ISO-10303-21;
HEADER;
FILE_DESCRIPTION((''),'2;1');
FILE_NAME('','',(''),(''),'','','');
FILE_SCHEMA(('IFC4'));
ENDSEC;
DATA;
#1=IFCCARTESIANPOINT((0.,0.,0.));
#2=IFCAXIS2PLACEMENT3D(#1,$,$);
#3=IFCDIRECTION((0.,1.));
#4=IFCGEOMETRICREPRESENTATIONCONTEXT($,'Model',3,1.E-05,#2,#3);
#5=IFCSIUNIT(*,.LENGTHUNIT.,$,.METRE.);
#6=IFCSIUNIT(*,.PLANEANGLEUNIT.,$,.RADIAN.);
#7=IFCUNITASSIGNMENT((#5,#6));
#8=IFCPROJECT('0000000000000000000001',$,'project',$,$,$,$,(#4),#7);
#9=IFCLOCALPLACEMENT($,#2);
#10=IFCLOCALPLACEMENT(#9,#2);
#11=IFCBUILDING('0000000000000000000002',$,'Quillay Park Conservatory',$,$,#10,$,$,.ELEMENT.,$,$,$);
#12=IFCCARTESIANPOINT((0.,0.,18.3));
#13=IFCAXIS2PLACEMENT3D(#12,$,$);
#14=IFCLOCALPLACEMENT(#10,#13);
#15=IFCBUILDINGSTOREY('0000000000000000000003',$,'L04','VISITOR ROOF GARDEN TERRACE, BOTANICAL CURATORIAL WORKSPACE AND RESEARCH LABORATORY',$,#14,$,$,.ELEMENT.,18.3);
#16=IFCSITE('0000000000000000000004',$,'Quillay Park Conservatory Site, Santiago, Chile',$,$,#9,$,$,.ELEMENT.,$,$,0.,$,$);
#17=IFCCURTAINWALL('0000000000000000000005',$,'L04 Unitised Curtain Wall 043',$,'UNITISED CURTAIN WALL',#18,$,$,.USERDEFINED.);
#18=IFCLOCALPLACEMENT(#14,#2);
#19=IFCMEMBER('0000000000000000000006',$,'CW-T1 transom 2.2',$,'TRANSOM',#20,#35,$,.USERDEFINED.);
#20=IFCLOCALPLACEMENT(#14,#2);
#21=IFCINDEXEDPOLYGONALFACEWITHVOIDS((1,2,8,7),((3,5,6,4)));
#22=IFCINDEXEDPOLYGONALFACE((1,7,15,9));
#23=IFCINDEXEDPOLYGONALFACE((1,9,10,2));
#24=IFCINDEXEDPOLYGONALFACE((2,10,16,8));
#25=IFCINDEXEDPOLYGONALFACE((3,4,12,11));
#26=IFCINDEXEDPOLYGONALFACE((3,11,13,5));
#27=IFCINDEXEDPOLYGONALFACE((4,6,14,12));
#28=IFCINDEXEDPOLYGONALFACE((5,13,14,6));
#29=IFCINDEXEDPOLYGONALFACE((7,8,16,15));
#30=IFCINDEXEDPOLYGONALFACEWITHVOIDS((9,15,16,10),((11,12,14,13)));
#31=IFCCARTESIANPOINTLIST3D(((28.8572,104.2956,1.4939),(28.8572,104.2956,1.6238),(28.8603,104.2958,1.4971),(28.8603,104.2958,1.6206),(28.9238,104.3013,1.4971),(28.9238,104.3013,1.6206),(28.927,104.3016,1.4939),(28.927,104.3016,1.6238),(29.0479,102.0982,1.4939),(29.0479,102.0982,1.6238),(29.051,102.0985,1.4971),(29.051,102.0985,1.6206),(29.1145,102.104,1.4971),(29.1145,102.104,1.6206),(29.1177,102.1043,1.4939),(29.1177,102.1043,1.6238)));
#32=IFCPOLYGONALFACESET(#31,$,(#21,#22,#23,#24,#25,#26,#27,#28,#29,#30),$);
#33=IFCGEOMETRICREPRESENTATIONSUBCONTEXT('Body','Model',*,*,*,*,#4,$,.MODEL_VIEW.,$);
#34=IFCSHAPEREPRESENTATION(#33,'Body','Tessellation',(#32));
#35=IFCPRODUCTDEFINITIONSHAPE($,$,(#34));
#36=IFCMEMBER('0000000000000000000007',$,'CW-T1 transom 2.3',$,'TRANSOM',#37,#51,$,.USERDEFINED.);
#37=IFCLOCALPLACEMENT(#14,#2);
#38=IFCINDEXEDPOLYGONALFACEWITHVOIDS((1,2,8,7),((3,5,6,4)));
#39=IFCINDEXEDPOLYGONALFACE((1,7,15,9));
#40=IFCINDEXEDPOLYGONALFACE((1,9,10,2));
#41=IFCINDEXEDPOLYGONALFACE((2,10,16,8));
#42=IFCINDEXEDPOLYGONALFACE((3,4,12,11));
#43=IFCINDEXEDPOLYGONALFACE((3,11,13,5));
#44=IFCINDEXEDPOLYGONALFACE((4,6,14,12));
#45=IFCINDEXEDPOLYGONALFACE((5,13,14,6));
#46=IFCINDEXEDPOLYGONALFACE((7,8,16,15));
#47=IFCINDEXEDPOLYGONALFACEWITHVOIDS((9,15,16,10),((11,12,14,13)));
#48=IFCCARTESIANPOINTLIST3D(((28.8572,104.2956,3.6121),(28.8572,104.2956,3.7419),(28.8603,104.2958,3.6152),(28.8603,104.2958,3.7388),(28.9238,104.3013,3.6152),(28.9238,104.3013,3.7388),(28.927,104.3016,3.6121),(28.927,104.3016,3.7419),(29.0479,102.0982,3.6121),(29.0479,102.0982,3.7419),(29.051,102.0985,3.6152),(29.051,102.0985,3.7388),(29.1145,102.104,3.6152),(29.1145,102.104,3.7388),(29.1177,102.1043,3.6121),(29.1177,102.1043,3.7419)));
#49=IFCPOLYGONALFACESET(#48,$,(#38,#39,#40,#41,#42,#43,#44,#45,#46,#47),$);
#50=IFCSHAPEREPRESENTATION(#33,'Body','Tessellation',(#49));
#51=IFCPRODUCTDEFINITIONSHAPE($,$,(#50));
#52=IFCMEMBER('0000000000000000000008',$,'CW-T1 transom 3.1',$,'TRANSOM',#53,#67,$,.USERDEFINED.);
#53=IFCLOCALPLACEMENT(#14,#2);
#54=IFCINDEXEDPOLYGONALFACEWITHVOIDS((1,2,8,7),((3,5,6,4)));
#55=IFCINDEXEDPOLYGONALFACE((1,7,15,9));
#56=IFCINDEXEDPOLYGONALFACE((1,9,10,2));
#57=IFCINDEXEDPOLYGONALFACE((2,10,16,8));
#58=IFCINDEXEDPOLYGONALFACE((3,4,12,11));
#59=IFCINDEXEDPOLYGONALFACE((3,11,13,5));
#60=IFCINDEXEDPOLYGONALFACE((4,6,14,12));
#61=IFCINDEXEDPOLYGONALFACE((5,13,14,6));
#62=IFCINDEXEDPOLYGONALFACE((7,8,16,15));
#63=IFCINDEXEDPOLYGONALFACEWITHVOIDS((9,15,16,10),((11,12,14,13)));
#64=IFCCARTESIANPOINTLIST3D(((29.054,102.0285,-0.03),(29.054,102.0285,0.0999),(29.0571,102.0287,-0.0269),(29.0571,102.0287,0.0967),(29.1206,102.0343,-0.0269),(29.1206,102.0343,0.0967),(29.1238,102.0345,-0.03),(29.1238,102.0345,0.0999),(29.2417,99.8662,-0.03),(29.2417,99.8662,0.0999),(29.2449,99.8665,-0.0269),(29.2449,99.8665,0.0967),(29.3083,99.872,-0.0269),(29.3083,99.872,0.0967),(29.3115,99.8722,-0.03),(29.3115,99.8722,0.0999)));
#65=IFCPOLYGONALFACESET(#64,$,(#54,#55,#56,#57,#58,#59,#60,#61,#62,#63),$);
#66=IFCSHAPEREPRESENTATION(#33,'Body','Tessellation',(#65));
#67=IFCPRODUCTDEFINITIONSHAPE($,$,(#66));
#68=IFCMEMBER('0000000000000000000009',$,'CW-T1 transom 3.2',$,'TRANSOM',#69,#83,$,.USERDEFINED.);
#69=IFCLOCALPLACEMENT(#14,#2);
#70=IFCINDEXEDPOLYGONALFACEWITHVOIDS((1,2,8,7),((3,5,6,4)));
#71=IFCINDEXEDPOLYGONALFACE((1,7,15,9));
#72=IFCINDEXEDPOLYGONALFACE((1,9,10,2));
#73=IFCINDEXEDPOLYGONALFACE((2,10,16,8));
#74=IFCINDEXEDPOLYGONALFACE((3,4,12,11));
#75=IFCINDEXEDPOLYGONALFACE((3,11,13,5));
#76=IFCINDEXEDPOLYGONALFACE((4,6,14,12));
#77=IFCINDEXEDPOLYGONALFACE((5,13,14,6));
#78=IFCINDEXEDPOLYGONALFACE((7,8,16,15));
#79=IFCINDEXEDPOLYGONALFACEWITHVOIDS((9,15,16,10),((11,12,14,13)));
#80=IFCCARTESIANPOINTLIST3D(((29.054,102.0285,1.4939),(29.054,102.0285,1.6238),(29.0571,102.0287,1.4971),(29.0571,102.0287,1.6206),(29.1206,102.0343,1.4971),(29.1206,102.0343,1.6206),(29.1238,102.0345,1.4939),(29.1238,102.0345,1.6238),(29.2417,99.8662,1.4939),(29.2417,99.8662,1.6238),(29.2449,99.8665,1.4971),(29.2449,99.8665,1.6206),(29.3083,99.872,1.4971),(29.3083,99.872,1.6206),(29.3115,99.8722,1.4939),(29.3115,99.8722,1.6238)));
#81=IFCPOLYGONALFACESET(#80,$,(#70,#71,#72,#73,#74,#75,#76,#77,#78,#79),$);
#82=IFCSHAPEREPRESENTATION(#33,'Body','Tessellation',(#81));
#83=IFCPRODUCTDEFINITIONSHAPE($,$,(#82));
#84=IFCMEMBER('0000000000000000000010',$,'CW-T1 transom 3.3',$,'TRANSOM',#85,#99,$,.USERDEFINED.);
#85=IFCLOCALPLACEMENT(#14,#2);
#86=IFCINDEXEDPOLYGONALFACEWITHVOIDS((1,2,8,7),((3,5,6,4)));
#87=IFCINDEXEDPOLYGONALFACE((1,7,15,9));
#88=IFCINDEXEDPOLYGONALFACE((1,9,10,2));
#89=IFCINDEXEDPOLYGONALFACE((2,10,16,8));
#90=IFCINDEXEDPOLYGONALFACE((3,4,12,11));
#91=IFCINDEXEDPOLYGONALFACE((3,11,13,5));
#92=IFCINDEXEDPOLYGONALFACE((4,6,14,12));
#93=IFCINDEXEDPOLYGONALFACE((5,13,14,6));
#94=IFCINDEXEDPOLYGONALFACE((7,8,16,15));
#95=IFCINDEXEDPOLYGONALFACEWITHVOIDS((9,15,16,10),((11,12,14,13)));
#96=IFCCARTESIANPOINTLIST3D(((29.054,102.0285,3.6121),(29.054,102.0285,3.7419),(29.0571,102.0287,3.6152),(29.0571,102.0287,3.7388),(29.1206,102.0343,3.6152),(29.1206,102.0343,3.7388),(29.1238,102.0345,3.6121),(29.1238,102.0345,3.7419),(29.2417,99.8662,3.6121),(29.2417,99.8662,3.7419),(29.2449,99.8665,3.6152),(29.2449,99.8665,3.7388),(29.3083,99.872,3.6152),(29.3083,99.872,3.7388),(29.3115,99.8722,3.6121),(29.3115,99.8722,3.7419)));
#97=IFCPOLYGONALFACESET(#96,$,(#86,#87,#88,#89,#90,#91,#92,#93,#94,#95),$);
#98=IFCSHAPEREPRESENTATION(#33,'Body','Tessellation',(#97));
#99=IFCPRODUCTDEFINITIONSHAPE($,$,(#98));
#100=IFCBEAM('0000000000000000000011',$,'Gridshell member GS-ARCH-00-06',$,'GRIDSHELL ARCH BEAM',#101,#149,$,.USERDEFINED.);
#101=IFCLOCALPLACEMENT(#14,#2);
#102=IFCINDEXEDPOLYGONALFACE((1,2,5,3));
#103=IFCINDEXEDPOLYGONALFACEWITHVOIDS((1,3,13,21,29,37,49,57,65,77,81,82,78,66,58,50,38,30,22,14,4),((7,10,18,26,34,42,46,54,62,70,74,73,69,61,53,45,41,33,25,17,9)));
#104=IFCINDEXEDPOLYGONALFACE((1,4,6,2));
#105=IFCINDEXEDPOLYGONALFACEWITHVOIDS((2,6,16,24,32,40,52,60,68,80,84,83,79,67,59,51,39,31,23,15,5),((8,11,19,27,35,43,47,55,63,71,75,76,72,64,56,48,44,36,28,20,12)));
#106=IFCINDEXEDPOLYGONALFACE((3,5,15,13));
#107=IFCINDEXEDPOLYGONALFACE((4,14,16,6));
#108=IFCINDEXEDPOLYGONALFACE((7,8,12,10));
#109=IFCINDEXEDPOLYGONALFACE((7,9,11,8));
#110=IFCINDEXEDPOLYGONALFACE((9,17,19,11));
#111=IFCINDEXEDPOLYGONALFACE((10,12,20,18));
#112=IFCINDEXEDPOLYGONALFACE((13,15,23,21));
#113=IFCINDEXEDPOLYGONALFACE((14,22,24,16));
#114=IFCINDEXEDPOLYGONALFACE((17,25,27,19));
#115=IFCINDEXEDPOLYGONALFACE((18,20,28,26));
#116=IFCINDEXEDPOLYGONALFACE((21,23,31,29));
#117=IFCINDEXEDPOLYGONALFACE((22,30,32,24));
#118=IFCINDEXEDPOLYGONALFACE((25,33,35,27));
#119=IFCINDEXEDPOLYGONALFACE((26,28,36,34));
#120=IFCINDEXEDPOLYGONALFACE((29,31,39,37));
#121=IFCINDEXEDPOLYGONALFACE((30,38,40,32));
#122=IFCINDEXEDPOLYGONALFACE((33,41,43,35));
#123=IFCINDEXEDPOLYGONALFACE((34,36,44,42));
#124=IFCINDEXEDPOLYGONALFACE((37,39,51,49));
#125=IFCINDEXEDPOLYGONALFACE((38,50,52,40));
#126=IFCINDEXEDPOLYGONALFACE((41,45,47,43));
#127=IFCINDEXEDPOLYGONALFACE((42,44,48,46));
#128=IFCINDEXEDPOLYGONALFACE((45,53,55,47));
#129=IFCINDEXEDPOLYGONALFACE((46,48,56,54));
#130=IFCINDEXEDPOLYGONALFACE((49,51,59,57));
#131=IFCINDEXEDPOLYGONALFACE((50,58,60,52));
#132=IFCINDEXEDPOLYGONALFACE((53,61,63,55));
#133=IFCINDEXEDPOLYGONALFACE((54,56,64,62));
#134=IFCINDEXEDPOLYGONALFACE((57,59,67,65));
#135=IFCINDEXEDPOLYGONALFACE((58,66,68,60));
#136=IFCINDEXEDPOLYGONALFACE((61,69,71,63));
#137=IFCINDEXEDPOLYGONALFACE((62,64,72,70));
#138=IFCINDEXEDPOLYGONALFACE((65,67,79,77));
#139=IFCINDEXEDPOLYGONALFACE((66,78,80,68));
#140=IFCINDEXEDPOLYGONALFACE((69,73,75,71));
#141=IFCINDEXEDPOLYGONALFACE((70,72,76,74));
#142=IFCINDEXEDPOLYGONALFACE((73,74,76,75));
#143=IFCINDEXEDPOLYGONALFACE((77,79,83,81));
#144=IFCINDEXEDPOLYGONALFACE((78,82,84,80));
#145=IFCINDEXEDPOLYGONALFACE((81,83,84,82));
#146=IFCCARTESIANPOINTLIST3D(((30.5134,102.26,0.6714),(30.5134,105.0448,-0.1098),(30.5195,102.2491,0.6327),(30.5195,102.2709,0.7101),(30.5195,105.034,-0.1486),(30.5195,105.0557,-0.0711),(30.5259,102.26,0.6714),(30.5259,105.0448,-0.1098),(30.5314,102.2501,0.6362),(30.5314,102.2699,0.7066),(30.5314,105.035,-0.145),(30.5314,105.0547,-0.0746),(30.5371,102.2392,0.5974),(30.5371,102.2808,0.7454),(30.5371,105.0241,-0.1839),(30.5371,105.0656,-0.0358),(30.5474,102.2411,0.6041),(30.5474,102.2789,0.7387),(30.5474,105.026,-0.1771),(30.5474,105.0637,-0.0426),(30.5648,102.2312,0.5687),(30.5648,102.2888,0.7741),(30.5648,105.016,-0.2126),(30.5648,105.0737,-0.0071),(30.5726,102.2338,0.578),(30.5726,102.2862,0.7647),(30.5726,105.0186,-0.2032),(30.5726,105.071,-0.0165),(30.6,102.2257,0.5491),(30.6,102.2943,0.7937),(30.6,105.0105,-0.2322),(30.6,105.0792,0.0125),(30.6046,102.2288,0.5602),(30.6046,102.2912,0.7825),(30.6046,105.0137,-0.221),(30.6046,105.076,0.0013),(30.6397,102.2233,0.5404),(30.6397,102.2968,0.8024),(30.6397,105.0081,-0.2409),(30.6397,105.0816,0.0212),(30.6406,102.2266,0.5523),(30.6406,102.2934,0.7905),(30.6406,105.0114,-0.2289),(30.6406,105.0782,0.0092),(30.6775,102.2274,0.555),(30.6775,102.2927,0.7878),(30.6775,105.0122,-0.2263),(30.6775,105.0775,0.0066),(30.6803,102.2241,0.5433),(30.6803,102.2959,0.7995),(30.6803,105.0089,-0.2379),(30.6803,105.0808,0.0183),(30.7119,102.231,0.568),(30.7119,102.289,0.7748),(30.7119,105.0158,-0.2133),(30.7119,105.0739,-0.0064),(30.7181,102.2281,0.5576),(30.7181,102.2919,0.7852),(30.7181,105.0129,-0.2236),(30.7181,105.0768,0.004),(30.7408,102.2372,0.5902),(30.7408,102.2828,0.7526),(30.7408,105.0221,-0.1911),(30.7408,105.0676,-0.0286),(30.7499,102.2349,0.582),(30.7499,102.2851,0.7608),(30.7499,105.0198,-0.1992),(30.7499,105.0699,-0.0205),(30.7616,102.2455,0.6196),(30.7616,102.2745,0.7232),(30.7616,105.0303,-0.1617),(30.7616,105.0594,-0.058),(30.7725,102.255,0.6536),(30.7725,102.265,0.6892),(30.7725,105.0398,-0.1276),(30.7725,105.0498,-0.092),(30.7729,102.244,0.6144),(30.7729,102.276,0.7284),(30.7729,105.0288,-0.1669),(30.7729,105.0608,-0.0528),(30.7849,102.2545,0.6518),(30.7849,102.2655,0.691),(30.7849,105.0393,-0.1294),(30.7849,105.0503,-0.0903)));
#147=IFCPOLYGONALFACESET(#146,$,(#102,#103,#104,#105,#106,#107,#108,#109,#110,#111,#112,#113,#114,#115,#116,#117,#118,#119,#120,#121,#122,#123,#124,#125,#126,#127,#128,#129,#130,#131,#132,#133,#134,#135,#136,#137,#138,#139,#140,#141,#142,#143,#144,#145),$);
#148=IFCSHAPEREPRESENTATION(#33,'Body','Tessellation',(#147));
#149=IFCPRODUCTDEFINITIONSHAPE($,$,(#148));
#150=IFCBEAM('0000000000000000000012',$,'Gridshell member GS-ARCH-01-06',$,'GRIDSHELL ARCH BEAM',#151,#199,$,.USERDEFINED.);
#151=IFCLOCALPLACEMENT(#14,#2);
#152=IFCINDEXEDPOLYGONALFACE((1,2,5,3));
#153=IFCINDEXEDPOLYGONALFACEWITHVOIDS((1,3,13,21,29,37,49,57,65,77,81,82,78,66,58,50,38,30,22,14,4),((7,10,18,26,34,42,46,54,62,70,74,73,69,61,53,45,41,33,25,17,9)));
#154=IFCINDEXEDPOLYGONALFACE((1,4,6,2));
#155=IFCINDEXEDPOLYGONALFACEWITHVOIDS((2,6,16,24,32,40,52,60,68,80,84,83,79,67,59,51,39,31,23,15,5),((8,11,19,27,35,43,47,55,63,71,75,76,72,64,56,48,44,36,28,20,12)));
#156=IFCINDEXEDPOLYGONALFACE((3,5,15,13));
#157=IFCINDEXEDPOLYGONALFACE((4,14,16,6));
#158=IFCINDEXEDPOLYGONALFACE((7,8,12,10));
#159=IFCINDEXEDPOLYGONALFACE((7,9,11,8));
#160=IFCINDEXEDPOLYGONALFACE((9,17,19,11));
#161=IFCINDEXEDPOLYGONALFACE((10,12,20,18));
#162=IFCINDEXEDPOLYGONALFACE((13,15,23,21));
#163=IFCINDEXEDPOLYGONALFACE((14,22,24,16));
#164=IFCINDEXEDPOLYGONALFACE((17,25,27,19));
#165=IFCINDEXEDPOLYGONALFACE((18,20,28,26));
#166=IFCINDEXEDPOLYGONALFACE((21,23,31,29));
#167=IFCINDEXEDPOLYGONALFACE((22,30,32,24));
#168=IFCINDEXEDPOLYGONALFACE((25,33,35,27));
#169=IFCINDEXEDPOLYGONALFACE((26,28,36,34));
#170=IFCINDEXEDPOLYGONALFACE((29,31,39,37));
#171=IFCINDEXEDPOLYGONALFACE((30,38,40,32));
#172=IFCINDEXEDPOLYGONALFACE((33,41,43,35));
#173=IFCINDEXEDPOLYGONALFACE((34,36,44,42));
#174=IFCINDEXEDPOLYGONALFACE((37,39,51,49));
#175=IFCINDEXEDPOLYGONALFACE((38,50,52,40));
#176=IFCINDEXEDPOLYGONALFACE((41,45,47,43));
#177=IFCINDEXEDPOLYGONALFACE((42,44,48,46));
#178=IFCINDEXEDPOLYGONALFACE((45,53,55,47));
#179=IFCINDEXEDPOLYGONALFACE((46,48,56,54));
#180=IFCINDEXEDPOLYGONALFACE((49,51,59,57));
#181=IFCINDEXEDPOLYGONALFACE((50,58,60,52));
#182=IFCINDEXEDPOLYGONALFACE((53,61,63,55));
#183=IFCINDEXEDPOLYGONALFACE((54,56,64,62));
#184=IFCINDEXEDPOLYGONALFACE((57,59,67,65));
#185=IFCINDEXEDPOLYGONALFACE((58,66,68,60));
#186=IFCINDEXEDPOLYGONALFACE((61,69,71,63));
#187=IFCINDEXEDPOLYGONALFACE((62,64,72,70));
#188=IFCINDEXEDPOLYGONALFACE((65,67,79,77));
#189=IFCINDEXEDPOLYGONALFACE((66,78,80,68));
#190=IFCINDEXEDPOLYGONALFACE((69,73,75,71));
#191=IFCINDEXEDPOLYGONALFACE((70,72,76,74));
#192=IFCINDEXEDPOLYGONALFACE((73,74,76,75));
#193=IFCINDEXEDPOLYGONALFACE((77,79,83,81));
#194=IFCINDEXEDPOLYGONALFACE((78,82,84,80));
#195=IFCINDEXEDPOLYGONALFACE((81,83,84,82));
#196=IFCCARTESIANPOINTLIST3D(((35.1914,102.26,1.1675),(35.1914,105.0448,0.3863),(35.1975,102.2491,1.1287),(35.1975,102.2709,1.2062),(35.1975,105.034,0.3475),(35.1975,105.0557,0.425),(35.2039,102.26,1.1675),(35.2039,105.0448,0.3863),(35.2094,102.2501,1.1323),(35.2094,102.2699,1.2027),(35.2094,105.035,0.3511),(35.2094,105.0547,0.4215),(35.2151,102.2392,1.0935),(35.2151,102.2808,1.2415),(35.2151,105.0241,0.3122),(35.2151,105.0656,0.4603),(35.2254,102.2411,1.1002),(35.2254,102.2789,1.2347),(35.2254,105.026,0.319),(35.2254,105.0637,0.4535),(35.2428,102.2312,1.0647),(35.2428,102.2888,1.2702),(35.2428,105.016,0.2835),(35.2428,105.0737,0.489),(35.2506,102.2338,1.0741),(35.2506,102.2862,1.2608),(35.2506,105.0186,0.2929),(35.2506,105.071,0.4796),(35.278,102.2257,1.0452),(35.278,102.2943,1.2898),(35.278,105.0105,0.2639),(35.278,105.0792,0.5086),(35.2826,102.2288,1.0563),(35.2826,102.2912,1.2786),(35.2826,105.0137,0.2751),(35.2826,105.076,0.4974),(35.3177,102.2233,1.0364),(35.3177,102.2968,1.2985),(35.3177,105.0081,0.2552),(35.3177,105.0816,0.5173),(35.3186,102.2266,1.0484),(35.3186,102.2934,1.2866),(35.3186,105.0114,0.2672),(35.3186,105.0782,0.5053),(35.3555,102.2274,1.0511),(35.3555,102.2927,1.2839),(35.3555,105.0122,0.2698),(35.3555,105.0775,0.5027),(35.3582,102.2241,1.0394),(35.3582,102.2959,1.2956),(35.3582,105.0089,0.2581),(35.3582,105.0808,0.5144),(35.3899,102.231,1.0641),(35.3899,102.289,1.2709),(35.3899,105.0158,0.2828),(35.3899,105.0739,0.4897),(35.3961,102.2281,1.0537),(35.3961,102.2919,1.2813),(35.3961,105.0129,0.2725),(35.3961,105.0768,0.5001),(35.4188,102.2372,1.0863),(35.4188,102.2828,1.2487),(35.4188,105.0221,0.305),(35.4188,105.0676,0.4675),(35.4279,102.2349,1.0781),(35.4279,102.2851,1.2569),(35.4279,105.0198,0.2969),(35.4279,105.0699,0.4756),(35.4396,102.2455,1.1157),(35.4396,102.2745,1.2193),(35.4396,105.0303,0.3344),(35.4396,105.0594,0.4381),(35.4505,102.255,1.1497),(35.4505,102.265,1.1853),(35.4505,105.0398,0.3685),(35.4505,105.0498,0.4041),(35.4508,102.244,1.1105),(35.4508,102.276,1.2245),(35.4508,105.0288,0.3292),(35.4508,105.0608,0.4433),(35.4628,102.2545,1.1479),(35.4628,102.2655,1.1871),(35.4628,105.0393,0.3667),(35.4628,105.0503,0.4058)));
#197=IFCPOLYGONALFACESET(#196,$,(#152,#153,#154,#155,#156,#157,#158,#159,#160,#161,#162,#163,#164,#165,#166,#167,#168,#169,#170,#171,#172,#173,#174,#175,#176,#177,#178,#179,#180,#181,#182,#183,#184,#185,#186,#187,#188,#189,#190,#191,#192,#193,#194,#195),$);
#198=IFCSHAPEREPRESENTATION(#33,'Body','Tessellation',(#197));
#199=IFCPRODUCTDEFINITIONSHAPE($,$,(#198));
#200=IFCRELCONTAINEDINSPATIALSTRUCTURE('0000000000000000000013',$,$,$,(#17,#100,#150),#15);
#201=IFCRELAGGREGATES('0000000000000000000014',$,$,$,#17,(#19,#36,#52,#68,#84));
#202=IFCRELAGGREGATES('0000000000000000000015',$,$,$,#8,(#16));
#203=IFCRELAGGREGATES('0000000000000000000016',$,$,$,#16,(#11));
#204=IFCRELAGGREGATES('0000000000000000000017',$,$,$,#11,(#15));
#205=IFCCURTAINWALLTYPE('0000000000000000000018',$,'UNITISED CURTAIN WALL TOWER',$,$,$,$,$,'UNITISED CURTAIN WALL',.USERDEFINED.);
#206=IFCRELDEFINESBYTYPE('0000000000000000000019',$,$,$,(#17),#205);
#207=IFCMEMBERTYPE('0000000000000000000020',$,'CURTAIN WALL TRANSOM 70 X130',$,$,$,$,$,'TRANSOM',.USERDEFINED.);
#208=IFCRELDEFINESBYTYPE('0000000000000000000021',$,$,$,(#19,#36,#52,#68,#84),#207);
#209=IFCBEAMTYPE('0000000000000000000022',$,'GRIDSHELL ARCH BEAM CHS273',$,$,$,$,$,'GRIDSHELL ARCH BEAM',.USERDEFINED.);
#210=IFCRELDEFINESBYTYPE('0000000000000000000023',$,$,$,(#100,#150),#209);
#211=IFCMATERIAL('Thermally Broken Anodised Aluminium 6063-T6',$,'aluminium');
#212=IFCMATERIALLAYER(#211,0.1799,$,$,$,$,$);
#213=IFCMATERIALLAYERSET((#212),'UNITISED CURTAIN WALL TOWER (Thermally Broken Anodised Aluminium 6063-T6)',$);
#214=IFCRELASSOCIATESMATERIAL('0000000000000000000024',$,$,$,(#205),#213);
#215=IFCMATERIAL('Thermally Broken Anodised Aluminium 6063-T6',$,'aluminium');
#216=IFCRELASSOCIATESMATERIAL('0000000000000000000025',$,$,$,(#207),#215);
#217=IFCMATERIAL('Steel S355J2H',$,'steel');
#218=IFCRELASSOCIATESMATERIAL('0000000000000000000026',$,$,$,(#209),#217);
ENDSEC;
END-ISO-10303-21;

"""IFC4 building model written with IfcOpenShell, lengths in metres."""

from ifc_helpers import new_model, si_unit, direction, frame, origin, origin_2d, place, context, subcontext, project, spatial, hollow_rectangle, hollow_circle, extrude, material, layer, layer_set, material_profile, profile_set, type_object, element, aggregate, save


model = new_model("IFC4")

# Units and contexts
model_context = context("Model", 3, precision=1e-05, world=origin(), true_north=direction((0.0, 1.0)))
body_context = subcontext(model_context, "Body", "Model", "MODEL_VIEW")
ifc_project = project(units=[si_unit("LENGTHUNIT", "METRE"), si_unit("PLANEANGLEUNIT", "RADIAN")], contexts=[model_context])

# Site, building, storey
site_placement = place(None, origin())
site = spatial("IfcSite", under=ifc_project, at=site_placement, Name="Quillay Park Conservatory Site, Santiago, Chile", CompositionType="ELEMENT", RefElevation=0.0)
building_placement = place(site_placement, origin())
building = spatial("IfcBuilding", under=site, at=building_placement, Name="Quillay Park Conservatory", CompositionType="ELEMENT")
storey_placement = place(building_placement, frame((0.0, 0.0, 18.3)))
storey = spatial("IfcBuildingStorey", under=building, at=storey_placement, Name="L04", Description="VISITOR ROOF GARDEN TERRACE, BOTANICAL CURATORIAL WORKSPACE AND RESEARCH LABORATORY", CompositionType="ELEMENT", Elevation=18.3)

# Curtain wall
ifc_material_1 = material(Name="Thermally Broken Anodised Aluminium 6063-T6", Category="aluminium")
ifc_layer_1 = layer(ifc_material_1, 0.1799)
ifc_layer_set_1 = layer_set([ifc_layer_1], Name="UNITISED CURTAIN WALL TOWER (Thermally Broken Anodised Aluminium 6063-T6)")
curtain_wall_type = type_object("IfcCurtainWallType", Name="UNITISED CURTAIN WALL TOWER", ElementType="UNITISED CURTAIN WALL", PredefinedType="USERDEFINED", material=ifc_layer_set_1)
curtain_wall_1_placement = place(storey_placement, origin())
curtain_wall_1 = element("IfcCurtainWall", 1, at=curtain_wall_1_placement, inside=storey, type_object=curtain_wall_type, Name="L04 Unitised Curtain Wall 043", ObjectType="UNITISED CURTAIN WALL", PredefinedType="USERDEFINED")

# Members
ifc_material_2 = material(Name="Thermally Broken Anodised Aluminium 6063-T6", Category="aluminium")
ifc_material_profile_1 = material_profile(ifc_material_2, hollow_rectangle(XDim=0.0701, YDim=0.1299, WallThickness=0.0032, at=origin_2d()), Name="AL70x130x3.2")
ifc_profile_set_1 = profile_set([ifc_material_profile_1], Name="Thermally Broken Anodised Aluminium 6063-T6")
member_type_1 = type_object("IfcMemberType", Name="CURTAIN WALL TRANSOM 70 X130", ElementType="TRANSOM", PredefinedType="USERDEFINED", material=ifc_profile_set_1)
member_1_placement = place(storey_placement, frame((28.8921, 104.2986, 1.5588), z_axis=(0.086453, -0.996256, 0.0), x_axis=(0.996256, 0.086453, 0.0)))
member_1 = element("IfcMember", 2, at=member_1_placement, type_object=member_type_1, Name="CW-T1 transom 2.2", ObjectType="TRANSOM", PredefinedType="USERDEFINED", context=body_context, shape_type="SweptSolid", body=[
    extrude(hollow_rectangle(XDim=0.0701, YDim=0.1299, WallThickness=0.0032, at=origin_2d()), origin(), (0.0, 0.0, 1.0), 2.2056),
])
member_2_placement = place(storey_placement, frame((28.8921, 104.2986, 3.677), z_axis=(0.086453, -0.996256, 0.0), x_axis=(0.996256, 0.086453, 0.0)))
member_2 = element("IfcMember", 3, at=member_2_placement, type_object=member_type_1, Name="CW-T1 transom 2.3", ObjectType="TRANSOM", PredefinedType="USERDEFINED", context=body_context, shape_type="SweptSolid", body=[
    extrude(hollow_rectangle(XDim=0.0701, YDim=0.1299, WallThickness=0.0032, at=origin_2d()), origin(), (0.0, 0.0, 1.0), 2.2056),
])
member_3_placement = place(storey_placement, frame((29.0889, 102.0315, 0.0349), z_axis=(0.086499, -0.996252, 0.0), x_axis=(0.996252, 0.086499, 0.0)))
member_3 = element("IfcMember", 4, at=member_3_placement, type_object=member_type_1, Name="CW-T1 transom 3.1", ObjectType="TRANSOM", PredefinedType="USERDEFINED", context=body_context, shape_type="SweptSolid", body=[
    extrude(hollow_rectangle(XDim=0.0701, YDim=0.1299, WallThickness=0.0032, at=origin_2d()), origin(), (0.0, 0.0, 1.0), 2.1704),
])
member_4_placement = place(storey_placement, frame((29.0889, 102.0315, 1.5588), z_axis=(0.086499, -0.996252, 0.0), x_axis=(0.996252, 0.086499, 0.0)))
member_4 = element("IfcMember", 5, at=member_4_placement, type_object=member_type_1, Name="CW-T1 transom 3.2", ObjectType="TRANSOM", PredefinedType="USERDEFINED", context=body_context, shape_type="SweptSolid", body=[
    extrude(hollow_rectangle(XDim=0.0701, YDim=0.1299, WallThickness=0.0032, at=origin_2d()), origin(), (0.0, 0.0, 1.0), 2.1704),
])
member_5_placement = place(storey_placement, frame((29.0889, 102.0315, 3.677), z_axis=(0.086499, -0.996252, 0.0), x_axis=(0.996252, 0.086499, 0.0)))
member_5 = element("IfcMember", 6, at=member_5_placement, type_object=member_type_1, Name="CW-T1 transom 3.3", ObjectType="TRANSOM", PredefinedType="USERDEFINED", context=body_context, shape_type="SweptSolid", body=[
    extrude(hollow_rectangle(XDim=0.0701, YDim=0.1299, WallThickness=0.0032, at=origin_2d()), origin(), (0.0, 0.0, 1.0), 2.1704),
])

# Beams
ifc_material_3 = material(Name="Steel S355J2H", Category="steel")
ifc_material_profile_2 = material_profile(ifc_material_3, hollow_circle(Radius=0.1365, WallThickness=0.0125, at=origin_2d()), Name="CHS273x12.5")
ifc_profile_set_2 = profile_set([ifc_material_profile_2], Name="Steel S355J2H")
beam_type_1 = type_object("IfcBeamType", Name="GRIDSHELL ARCH BEAM CHS273", ElementType="GRIDSHELL ARCH BEAM", PredefinedType="USERDEFINED", material=ifc_profile_set_2)
for number, where, z_axis, x_axis, name in (
    (7, (30.6499, 102.26, 0.6714), (0.0, 0.962832, -0.270103), (-1.0, 0.0, 0.0), "Gridshell member GS-ARCH-00-06"),
    (8, (35.3279, 102.26, 1.1675), (0.0, 0.962832, -0.270103), (-1.0, 0.0, 0.0), "Gridshell member GS-ARCH-01-06"),
):
    element("IfcBeam", number, at=place(storey_placement, frame(where, z_axis=z_axis, x_axis=x_axis)), inside=storey, type_object=beam_type_1, Name=name, ObjectType="GRIDSHELL ARCH BEAM", PredefinedType="USERDEFINED", context=body_context, shape_type="SweptSolid", body=[
        extrude(hollow_circle(Radius=0.1365, WallThickness=0.0125, at=origin_2d()), origin(), (0.0, 0.0, 1.0), 2.8923),
    ])

aggregate(curtain_wall_1, [member_1, member_2, member_3, member_4, member_5])

save(model, "model.ifc")
